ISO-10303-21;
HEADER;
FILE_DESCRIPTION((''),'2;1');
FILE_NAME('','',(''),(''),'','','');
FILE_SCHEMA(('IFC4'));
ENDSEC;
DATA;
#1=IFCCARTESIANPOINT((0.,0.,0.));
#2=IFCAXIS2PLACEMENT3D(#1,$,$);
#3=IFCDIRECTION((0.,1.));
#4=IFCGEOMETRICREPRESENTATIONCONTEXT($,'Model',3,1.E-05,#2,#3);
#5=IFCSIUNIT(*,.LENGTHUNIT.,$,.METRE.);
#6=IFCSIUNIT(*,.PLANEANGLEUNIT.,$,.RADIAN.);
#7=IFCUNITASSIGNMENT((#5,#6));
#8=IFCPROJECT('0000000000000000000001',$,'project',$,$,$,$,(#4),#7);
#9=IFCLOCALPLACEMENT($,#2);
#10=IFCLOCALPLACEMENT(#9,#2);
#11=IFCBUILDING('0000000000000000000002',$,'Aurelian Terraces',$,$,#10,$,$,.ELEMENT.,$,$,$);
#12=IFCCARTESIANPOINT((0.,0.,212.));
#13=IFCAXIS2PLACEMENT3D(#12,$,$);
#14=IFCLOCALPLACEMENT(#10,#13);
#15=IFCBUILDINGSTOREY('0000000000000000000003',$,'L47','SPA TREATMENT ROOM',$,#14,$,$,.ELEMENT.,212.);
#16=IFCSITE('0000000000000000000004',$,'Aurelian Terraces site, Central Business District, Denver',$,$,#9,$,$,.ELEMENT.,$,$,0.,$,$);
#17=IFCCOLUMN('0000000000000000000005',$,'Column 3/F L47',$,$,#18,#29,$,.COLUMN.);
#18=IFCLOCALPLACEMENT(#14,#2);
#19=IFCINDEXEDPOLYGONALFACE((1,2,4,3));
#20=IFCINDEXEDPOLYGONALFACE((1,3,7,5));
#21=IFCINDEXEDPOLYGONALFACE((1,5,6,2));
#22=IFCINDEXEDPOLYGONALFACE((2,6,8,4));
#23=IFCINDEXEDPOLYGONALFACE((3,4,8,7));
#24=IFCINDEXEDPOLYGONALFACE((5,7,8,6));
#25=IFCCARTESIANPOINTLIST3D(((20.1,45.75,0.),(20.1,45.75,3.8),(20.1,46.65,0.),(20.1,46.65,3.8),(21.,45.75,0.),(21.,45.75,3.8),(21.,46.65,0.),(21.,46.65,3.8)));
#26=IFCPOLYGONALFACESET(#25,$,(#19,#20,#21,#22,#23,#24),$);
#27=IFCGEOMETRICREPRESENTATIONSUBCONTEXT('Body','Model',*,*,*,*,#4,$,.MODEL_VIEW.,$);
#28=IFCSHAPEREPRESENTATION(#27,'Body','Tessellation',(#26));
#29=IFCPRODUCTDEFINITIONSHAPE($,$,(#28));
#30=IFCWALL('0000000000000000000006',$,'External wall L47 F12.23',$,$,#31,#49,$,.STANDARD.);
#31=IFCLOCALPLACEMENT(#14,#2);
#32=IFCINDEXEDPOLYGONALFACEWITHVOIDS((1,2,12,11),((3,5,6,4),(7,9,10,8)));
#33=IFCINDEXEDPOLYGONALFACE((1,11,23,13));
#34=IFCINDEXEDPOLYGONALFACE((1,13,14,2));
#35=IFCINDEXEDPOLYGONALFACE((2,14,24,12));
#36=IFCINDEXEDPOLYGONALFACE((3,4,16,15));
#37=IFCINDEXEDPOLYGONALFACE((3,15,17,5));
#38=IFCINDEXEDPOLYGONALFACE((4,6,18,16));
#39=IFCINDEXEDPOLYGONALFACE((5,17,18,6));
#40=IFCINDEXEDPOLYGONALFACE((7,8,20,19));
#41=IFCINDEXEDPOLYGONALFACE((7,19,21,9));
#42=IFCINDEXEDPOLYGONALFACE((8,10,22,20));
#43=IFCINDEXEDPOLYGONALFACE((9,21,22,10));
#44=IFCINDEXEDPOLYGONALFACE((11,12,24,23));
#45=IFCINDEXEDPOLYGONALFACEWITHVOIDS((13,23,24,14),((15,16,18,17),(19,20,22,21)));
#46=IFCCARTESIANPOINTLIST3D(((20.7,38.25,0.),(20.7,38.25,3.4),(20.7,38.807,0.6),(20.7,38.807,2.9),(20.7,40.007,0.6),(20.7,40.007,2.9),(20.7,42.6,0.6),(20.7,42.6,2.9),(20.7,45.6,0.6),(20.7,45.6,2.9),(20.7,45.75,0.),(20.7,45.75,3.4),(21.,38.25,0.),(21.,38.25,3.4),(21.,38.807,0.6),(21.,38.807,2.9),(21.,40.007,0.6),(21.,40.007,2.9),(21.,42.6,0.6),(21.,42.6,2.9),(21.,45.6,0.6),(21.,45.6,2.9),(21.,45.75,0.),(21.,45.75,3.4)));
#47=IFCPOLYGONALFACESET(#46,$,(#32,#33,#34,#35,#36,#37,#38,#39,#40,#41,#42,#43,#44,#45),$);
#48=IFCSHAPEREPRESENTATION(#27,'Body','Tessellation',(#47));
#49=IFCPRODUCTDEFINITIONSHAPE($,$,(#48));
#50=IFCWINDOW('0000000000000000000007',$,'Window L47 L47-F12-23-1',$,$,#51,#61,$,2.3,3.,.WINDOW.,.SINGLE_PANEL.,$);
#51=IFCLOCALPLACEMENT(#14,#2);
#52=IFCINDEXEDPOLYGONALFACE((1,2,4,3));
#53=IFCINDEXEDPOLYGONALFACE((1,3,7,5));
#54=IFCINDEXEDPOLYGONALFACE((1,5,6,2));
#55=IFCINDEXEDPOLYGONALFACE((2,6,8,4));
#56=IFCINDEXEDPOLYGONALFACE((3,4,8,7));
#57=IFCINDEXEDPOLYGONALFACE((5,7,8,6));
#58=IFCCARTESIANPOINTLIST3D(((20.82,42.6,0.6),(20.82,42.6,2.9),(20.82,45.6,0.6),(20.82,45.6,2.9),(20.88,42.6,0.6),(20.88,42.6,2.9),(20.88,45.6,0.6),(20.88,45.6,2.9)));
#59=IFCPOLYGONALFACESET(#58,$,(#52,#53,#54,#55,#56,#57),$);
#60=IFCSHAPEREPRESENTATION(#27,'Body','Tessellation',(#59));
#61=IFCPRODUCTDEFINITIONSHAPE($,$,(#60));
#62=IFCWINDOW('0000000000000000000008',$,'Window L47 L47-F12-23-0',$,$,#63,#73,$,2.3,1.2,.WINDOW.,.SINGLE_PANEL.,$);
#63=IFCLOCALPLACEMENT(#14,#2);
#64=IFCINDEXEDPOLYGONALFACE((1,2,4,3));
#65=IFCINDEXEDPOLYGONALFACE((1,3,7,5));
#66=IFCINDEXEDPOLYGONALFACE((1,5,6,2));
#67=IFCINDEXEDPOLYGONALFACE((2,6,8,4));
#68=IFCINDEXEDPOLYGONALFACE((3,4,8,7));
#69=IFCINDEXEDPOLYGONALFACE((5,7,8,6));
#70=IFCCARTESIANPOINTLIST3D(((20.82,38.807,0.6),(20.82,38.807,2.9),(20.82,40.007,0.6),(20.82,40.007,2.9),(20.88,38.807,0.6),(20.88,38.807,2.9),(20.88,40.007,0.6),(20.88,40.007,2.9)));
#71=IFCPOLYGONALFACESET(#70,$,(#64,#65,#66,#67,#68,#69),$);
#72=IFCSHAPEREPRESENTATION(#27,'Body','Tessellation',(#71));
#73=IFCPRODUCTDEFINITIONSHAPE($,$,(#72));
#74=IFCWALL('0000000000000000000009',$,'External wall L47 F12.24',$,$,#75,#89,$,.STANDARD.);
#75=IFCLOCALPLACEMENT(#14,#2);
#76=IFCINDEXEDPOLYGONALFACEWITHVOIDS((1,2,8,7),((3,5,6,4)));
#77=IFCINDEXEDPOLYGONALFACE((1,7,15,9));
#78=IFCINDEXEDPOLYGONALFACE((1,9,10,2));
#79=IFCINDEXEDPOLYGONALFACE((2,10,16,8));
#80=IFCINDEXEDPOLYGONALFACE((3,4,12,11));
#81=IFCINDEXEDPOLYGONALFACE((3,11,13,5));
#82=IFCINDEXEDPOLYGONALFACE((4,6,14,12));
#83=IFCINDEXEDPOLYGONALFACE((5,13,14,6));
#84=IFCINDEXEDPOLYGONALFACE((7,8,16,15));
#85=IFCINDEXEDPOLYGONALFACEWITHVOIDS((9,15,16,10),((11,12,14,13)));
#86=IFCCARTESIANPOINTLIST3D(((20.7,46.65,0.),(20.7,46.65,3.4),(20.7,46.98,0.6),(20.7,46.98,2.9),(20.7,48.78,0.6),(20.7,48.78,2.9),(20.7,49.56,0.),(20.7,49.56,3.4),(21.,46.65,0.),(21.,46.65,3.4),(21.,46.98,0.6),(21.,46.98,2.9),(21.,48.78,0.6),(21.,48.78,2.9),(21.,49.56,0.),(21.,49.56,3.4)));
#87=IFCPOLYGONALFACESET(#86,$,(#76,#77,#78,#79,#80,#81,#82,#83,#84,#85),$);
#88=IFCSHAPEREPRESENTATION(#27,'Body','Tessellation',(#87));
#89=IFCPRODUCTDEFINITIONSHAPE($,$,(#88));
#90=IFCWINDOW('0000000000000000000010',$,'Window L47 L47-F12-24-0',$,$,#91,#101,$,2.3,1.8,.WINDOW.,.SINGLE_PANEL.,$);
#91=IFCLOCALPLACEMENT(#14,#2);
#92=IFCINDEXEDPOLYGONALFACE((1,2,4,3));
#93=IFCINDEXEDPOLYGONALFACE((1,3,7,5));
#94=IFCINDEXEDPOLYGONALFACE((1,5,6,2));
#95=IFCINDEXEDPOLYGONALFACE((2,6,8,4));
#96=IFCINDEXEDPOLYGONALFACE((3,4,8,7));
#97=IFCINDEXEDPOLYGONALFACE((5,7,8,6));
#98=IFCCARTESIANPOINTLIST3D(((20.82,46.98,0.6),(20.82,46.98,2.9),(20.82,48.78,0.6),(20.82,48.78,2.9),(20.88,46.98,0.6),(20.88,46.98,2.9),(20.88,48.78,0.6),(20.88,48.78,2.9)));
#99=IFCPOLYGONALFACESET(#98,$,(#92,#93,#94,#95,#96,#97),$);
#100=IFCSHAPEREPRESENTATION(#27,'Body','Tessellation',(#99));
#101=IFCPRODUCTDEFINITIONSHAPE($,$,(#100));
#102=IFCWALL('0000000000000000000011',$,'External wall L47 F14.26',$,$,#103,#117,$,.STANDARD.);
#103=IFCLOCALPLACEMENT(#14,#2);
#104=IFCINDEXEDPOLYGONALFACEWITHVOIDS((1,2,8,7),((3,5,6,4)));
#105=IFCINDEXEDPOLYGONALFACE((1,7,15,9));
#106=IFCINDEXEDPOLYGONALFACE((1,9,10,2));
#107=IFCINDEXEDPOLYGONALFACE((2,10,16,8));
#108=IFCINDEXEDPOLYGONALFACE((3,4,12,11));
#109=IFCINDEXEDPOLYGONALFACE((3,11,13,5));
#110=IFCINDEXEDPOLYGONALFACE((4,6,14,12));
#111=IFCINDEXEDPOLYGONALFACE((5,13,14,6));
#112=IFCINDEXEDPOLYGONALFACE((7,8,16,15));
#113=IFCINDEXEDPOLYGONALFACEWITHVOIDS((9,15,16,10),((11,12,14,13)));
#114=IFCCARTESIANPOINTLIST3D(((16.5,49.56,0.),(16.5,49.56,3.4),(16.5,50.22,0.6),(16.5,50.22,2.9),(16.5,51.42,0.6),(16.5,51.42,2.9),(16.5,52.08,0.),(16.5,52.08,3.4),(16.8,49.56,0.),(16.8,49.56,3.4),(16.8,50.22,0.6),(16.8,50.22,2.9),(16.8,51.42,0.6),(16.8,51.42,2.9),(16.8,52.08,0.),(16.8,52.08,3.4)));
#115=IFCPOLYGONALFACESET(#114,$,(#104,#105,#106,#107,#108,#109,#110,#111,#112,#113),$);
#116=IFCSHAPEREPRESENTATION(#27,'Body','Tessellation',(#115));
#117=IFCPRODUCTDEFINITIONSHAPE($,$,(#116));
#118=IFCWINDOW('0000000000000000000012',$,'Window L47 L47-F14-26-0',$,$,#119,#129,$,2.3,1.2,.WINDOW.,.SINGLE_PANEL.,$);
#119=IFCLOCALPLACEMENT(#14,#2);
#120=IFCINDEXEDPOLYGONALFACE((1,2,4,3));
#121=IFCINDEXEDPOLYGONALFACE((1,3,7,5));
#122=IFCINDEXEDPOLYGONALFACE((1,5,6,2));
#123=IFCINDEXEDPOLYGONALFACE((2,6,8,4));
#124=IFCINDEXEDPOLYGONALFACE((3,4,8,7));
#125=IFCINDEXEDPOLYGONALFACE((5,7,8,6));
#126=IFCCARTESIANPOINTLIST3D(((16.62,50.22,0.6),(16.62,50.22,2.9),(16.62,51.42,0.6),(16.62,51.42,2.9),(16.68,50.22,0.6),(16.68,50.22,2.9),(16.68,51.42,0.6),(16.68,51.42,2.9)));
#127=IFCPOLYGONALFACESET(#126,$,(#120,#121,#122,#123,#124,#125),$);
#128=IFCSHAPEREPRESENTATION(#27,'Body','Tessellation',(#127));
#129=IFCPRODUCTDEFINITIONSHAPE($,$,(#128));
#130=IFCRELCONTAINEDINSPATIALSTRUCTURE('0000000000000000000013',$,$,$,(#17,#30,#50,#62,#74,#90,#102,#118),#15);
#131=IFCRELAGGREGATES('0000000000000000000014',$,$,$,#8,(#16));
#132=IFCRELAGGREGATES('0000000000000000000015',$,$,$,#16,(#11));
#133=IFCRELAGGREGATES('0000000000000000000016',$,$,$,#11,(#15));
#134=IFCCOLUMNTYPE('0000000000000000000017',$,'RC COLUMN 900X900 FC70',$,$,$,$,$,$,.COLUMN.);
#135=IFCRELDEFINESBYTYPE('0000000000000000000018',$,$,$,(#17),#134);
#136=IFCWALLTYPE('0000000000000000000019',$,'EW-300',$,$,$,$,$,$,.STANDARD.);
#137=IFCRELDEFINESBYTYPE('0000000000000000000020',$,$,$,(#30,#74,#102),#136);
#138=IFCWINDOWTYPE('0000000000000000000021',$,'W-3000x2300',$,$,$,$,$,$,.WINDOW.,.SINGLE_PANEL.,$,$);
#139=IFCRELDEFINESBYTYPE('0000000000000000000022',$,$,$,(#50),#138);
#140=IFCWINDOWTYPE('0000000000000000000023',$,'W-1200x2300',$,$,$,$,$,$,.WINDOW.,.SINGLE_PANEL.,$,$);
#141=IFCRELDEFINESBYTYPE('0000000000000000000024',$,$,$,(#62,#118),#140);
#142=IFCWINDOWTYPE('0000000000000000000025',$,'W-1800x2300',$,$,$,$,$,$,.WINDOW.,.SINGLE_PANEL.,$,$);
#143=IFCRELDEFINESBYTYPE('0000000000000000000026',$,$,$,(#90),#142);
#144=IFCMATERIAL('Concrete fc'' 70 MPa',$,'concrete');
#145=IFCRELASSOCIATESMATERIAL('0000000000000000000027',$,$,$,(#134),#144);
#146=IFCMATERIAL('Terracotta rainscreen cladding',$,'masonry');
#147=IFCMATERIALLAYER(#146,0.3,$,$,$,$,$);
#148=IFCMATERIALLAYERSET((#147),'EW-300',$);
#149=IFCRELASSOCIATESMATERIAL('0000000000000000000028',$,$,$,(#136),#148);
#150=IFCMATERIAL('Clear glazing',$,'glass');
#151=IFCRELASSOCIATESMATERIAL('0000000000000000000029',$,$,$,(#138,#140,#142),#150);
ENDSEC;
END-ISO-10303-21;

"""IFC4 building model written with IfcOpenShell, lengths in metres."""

from ifc_helpers import new_model, si_unit, direction, frame, frame_2d, origin, origin_2d, place, context, subcontext, project, spatial, rectangle, extrude, source, transform, mapped, material, layer, layer_set, material_profile, profile_set, type_object, element, fill, save


model = new_model("IFC4")

# Units and contexts
model_context = context("Model", 3, precision=1e-05, world=origin(), true_north=direction((0.0, 1.0)))
body_context = subcontext(model_context, "Body", "Model", "MODEL_VIEW")
ifc_project = project(units=[si_unit("LENGTHUNIT", "METRE"), si_unit("PLANEANGLEUNIT", "RADIAN")], contexts=[model_context])

# Site, building, storey
site_placement = place(None, origin())
site = spatial("IfcSite", under=ifc_project, at=site_placement, Name="Aurelian Terraces site, Central Business District, Denver", CompositionType="ELEMENT", RefElevation=0.0)
building_placement = place(site_placement, origin())
building = spatial("IfcBuilding", under=site, at=building_placement, Name="Aurelian Terraces", CompositionType="ELEMENT")
storey_placement = place(building_placement, frame((0.0, 0.0, 212.0)))
storey = spatial("IfcBuildingStorey", under=building, at=storey_placement, Name="L47", Description="SPA TREATMENT ROOM", CompositionType="ELEMENT", Elevation=212.0)

# Column
ifc_material_1 = material(Name="Concrete fc' 70 MPa", Category="concrete")
ifc_material_profile = material_profile(ifc_material_1, rectangle(XDim=0.9, YDim=0.9, at=origin_2d()))
ifc_profile_set = profile_set([ifc_material_profile], Name="Concrete fc' 70 MPa")
column_type = type_object("IfcColumnType", Name="RC COLUMN 900X900 FC70", PredefinedType="COLUMN", material=ifc_profile_set)
shared_shape_1 = source(origin(), body_context, "Body", "SweptSolid", [
    extrude(rectangle(XDim=0.9, YDim=0.9, at=origin_2d()), origin(), (0.0, 0.0, 1.0), 3.8),
])
column_placement = place(storey_placement, frame((20.55, 46.2, 0.0), z_axis=(0.0, 0.0, 1.0), x_axis=(1.0, 0.0, 0.0)))
element("IfcColumn", 1, at=column_placement, inside=storey, type_object=column_type, Name="Column 3/F L47", PredefinedType="COLUMN", context=body_context, shape_type="MappedRepresentation", body=[
    mapped(shared_shape_1, transform((0.0, 0.0, 0.0), scale=1.0)),
])

# Wall, openings, windows
ifc_material_2 = material(Name="Terracotta rainscreen cladding", Category="masonry")
ifc_layer_1 = layer(ifc_material_2, 0.3)
ifc_layer_set_1 = layer_set([ifc_layer_1], Name="EW-300")
wall_type_1 = type_object("IfcWallType", Name="EW-300", PredefinedType="STANDARD", material=ifc_layer_set_1)
shared_shape_2 = source(origin(), body_context, "Body", "SweptSolid", [
    extrude(rectangle(XDim=7.5, YDim=0.3, at=frame_2d((3.75, 0.0))), origin(), (0.0, 0.0, 1.0), 3.4),
])
wall_1_placement = place(storey_placement, frame((20.85, 38.25, 0.0), z_axis=(0.0, 0.0, 1.0), x_axis=(0.0, 1.0, 0.0)))
wall_1 = element("IfcWall", 2, at=wall_1_placement, inside=storey, type_object=wall_type_1, Name="External wall L47 F12.23", PredefinedType="STANDARD", context=body_context, shape_type="MappedRepresentation", body=[
    mapped(shared_shape_2, transform((0.0, 0.0, 0.0), scale=1.0)),
])
shared_shape_3 = source(origin(), body_context, "Body", "SweptSolid", [
    extrude(rectangle(XDim=1.2, YDim=2.3, at=frame_2d((0.6, 1.15))), frame((0.0, 0.16, 0.0), z_axis=(0.0, -1.0, 0.0), x_axis=(1.0, 0.0, 0.0)), (0.0, 0.0, 1.0), 0.32),
])
opening_1_placement = place(wall_1_placement, frame((0.557, 0.0, 0.6)))
opening_1 = element("IfcOpeningElement", 3, at=opening_1_placement, cuts=wall_1, PredefinedType="OPENING", context=body_context, shape_type="MappedRepresentation", body=[
    mapped(shared_shape_3, transform((0.0, 0.0, 0.0), scale=1.0)),
])
shared_shape_4 = source(origin(), body_context, "Body", "SweptSolid", [
    extrude(rectangle(XDim=3.0, YDim=2.3, at=frame_2d((1.5, 1.15))), frame((0.0, 0.16, 0.0), z_axis=(0.0, -1.0, 0.0), x_axis=(1.0, 0.0, 0.0)), (0.0, 0.0, 1.0), 0.32),
])
opening_2_placement = place(wall_1_placement, frame((4.35, 0.0, 0.6)))
opening_2 = element("IfcOpeningElement", 4, at=opening_2_placement, cuts=wall_1, PredefinedType="OPENING", context=body_context, shape_type="MappedRepresentation", body=[
    mapped(shared_shape_4, transform((0.0, 0.0, 0.0), scale=1.0)),
])
ifc_material_3 = material(Name="Clear glazing", Category="glass")
window_type_1 = type_object("IfcWindowType", Name="W-3000x2300", PartitioningType="SINGLE_PANEL", PredefinedType="WINDOW", material=ifc_material_3)
shared_shape_5 = source(origin(), body_context, "Body", "SweptSolid", [
    extrude(rectangle(XDim=3.0, YDim=2.3, at=frame_2d((1.5, 1.15))), frame((0.0, 0.03, 0.0), z_axis=(0.0, -1.0, 0.0), x_axis=(1.0, 0.0, 0.0)), (0.0, 0.0, 1.0), 0.06),
])
window_1_placement = place(opening_2_placement, origin())
window_1 = element("IfcWindow", 5, at=window_1_placement, inside=storey, type_object=window_type_1, Name="Window L47 L47-F12-23-1", OverallHeight=2.3, OverallWidth=3.0, PartitioningType="SINGLE_PANEL", PredefinedType="WINDOW", context=body_context, shape_type="MappedRepresentation", body=[
    mapped(shared_shape_5, transform((0.0, 0.0, 0.0), scale=1.0)),
])
fill(opening_2, window_1)
window_type_2 = type_object("IfcWindowType", Name="W-1200x2300", PartitioningType="SINGLE_PANEL", PredefinedType="WINDOW", material=ifc_material_3)
shared_shape_6 = source(origin(), body_context, "Body", "SweptSolid", [
    extrude(rectangle(XDim=1.2, YDim=2.3, at=frame_2d((0.6, 1.15))), frame((0.0, 0.03, 0.0), z_axis=(0.0, -1.0, 0.0), x_axis=(1.0, 0.0, 0.0)), (0.0, 0.0, 1.0), 0.06),
])
window_2_placement = place(opening_1_placement, origin())
window_2 = element("IfcWindow", 6, at=window_2_placement, inside=storey, type_object=window_type_2, Name="Window L47 L47-F12-23-0", OverallHeight=2.3, OverallWidth=1.2, PartitioningType="SINGLE_PANEL", PredefinedType="WINDOW", context=body_context, shape_type="MappedRepresentation", body=[
    mapped(shared_shape_6, transform((0.0, 0.0, 0.0), scale=1.0)),
])
fill(opening_1, window_2)

# Walls, openings, windows
shared_shape_7 = source(origin(), body_context, "Body", "SweptSolid", [
    extrude(rectangle(XDim=2.91, YDim=0.3, at=frame_2d((1.455, 0.0))), origin(), (0.0, 0.0, 1.0), 3.4),
])
wall_2_placement = place(storey_placement, frame((20.85, 46.65, 0.0), z_axis=(0.0, 0.0, 1.0), x_axis=(0.0, 1.0, 0.0)))
wall_2 = element("IfcWall", 7, at=wall_2_placement, inside=storey, type_object=wall_type_1, Name="External wall L47 F12.24", PredefinedType="STANDARD", context=body_context, shape_type="MappedRepresentation", body=[
    mapped(shared_shape_7, transform((0.0, 0.0, 0.0), scale=1.0)),
])
shared_shape_8 = source(origin(), body_context, "Body", "SweptSolid", [
    extrude(rectangle(XDim=1.8, YDim=2.3, at=frame_2d((0.9, 1.15))), frame((0.0, 0.16, 0.0), z_axis=(0.0, -1.0, 0.0), x_axis=(1.0, 0.0, 0.0)), (0.0, 0.0, 1.0), 0.32),
])
opening_3_placement = place(wall_2_placement, frame((0.33, 0.0, 0.6)))
opening_3 = element("IfcOpeningElement", 8, at=opening_3_placement, cuts=wall_2, PredefinedType="OPENING", context=body_context, shape_type="MappedRepresentation", body=[
    mapped(shared_shape_8, transform((0.0, 0.0, 0.0), scale=1.0)),
])
window_type_3 = type_object("IfcWindowType", Name="W-1800x2300", PartitioningType="SINGLE_PANEL", PredefinedType="WINDOW", material=ifc_material_3)
shared_shape_9 = source(origin(), body_context, "Body", "SweptSolid", [
    extrude(rectangle(XDim=1.8, YDim=2.3, at=frame_2d((0.9, 1.15))), frame((0.0, 0.03, 0.0), z_axis=(0.0, -1.0, 0.0), x_axis=(1.0, 0.0, 0.0)), (0.0, 0.0, 1.0), 0.06),
])
window_3_placement = place(opening_3_placement, origin())
window_3 = element("IfcWindow", 9, at=window_3_placement, inside=storey, type_object=window_type_3, Name="Window L47 L47-F12-24-0", OverallHeight=2.3, OverallWidth=1.8, PartitioningType="SINGLE_PANEL", PredefinedType="WINDOW", context=body_context, shape_type="MappedRepresentation", body=[
    mapped(shared_shape_9, transform((0.0, 0.0, 0.0), scale=1.0)),
])
fill(opening_3, window_3)
shared_shape_10 = source(origin(), body_context, "Body", "SweptSolid", [
    extrude(rectangle(XDim=2.52, YDim=0.3, at=frame_2d((1.26, 0.0))), origin(), (0.0, 0.0, 1.0), 3.4),
])
wall_3_placement = place(storey_placement, frame((16.65, 49.56, 0.0), z_axis=(0.0, 0.0, 1.0), x_axis=(0.0, 1.0, 0.0)))
wall_3 = element("IfcWall", 10, at=wall_3_placement, inside=storey, type_object=wall_type_1, Name="External wall L47 F14.26", PredefinedType="STANDARD", context=body_context, shape_type="MappedRepresentation", body=[
    mapped(shared_shape_10, transform((0.0, 0.0, 0.0), scale=1.0)),
])
opening_4_placement = place(wall_3_placement, frame((0.66, 0.0, 0.6)))
opening_4 = element("IfcOpeningElement", 11, at=opening_4_placement, cuts=wall_3, PredefinedType="OPENING", context=body_context, shape_type="MappedRepresentation", body=[
    mapped(shared_shape_3, transform((0.0, 0.0, 0.0), scale=1.0)),
])
window_4_placement = place(opening_4_placement, origin())
window_4 = element("IfcWindow", 12, at=window_4_placement, inside=storey, type_object=window_type_2, Name="Window L47 L47-F14-26-0", OverallHeight=2.3, OverallWidth=1.2, PartitioningType="SINGLE_PANEL", PredefinedType="WINDOW", context=body_context, shape_type="MappedRepresentation", body=[
    mapped(shared_shape_6, transform((0.0, 0.0, 0.0), scale=1.0)),
])
fill(opening_4, window_4)

save(model, "model.ifc")
